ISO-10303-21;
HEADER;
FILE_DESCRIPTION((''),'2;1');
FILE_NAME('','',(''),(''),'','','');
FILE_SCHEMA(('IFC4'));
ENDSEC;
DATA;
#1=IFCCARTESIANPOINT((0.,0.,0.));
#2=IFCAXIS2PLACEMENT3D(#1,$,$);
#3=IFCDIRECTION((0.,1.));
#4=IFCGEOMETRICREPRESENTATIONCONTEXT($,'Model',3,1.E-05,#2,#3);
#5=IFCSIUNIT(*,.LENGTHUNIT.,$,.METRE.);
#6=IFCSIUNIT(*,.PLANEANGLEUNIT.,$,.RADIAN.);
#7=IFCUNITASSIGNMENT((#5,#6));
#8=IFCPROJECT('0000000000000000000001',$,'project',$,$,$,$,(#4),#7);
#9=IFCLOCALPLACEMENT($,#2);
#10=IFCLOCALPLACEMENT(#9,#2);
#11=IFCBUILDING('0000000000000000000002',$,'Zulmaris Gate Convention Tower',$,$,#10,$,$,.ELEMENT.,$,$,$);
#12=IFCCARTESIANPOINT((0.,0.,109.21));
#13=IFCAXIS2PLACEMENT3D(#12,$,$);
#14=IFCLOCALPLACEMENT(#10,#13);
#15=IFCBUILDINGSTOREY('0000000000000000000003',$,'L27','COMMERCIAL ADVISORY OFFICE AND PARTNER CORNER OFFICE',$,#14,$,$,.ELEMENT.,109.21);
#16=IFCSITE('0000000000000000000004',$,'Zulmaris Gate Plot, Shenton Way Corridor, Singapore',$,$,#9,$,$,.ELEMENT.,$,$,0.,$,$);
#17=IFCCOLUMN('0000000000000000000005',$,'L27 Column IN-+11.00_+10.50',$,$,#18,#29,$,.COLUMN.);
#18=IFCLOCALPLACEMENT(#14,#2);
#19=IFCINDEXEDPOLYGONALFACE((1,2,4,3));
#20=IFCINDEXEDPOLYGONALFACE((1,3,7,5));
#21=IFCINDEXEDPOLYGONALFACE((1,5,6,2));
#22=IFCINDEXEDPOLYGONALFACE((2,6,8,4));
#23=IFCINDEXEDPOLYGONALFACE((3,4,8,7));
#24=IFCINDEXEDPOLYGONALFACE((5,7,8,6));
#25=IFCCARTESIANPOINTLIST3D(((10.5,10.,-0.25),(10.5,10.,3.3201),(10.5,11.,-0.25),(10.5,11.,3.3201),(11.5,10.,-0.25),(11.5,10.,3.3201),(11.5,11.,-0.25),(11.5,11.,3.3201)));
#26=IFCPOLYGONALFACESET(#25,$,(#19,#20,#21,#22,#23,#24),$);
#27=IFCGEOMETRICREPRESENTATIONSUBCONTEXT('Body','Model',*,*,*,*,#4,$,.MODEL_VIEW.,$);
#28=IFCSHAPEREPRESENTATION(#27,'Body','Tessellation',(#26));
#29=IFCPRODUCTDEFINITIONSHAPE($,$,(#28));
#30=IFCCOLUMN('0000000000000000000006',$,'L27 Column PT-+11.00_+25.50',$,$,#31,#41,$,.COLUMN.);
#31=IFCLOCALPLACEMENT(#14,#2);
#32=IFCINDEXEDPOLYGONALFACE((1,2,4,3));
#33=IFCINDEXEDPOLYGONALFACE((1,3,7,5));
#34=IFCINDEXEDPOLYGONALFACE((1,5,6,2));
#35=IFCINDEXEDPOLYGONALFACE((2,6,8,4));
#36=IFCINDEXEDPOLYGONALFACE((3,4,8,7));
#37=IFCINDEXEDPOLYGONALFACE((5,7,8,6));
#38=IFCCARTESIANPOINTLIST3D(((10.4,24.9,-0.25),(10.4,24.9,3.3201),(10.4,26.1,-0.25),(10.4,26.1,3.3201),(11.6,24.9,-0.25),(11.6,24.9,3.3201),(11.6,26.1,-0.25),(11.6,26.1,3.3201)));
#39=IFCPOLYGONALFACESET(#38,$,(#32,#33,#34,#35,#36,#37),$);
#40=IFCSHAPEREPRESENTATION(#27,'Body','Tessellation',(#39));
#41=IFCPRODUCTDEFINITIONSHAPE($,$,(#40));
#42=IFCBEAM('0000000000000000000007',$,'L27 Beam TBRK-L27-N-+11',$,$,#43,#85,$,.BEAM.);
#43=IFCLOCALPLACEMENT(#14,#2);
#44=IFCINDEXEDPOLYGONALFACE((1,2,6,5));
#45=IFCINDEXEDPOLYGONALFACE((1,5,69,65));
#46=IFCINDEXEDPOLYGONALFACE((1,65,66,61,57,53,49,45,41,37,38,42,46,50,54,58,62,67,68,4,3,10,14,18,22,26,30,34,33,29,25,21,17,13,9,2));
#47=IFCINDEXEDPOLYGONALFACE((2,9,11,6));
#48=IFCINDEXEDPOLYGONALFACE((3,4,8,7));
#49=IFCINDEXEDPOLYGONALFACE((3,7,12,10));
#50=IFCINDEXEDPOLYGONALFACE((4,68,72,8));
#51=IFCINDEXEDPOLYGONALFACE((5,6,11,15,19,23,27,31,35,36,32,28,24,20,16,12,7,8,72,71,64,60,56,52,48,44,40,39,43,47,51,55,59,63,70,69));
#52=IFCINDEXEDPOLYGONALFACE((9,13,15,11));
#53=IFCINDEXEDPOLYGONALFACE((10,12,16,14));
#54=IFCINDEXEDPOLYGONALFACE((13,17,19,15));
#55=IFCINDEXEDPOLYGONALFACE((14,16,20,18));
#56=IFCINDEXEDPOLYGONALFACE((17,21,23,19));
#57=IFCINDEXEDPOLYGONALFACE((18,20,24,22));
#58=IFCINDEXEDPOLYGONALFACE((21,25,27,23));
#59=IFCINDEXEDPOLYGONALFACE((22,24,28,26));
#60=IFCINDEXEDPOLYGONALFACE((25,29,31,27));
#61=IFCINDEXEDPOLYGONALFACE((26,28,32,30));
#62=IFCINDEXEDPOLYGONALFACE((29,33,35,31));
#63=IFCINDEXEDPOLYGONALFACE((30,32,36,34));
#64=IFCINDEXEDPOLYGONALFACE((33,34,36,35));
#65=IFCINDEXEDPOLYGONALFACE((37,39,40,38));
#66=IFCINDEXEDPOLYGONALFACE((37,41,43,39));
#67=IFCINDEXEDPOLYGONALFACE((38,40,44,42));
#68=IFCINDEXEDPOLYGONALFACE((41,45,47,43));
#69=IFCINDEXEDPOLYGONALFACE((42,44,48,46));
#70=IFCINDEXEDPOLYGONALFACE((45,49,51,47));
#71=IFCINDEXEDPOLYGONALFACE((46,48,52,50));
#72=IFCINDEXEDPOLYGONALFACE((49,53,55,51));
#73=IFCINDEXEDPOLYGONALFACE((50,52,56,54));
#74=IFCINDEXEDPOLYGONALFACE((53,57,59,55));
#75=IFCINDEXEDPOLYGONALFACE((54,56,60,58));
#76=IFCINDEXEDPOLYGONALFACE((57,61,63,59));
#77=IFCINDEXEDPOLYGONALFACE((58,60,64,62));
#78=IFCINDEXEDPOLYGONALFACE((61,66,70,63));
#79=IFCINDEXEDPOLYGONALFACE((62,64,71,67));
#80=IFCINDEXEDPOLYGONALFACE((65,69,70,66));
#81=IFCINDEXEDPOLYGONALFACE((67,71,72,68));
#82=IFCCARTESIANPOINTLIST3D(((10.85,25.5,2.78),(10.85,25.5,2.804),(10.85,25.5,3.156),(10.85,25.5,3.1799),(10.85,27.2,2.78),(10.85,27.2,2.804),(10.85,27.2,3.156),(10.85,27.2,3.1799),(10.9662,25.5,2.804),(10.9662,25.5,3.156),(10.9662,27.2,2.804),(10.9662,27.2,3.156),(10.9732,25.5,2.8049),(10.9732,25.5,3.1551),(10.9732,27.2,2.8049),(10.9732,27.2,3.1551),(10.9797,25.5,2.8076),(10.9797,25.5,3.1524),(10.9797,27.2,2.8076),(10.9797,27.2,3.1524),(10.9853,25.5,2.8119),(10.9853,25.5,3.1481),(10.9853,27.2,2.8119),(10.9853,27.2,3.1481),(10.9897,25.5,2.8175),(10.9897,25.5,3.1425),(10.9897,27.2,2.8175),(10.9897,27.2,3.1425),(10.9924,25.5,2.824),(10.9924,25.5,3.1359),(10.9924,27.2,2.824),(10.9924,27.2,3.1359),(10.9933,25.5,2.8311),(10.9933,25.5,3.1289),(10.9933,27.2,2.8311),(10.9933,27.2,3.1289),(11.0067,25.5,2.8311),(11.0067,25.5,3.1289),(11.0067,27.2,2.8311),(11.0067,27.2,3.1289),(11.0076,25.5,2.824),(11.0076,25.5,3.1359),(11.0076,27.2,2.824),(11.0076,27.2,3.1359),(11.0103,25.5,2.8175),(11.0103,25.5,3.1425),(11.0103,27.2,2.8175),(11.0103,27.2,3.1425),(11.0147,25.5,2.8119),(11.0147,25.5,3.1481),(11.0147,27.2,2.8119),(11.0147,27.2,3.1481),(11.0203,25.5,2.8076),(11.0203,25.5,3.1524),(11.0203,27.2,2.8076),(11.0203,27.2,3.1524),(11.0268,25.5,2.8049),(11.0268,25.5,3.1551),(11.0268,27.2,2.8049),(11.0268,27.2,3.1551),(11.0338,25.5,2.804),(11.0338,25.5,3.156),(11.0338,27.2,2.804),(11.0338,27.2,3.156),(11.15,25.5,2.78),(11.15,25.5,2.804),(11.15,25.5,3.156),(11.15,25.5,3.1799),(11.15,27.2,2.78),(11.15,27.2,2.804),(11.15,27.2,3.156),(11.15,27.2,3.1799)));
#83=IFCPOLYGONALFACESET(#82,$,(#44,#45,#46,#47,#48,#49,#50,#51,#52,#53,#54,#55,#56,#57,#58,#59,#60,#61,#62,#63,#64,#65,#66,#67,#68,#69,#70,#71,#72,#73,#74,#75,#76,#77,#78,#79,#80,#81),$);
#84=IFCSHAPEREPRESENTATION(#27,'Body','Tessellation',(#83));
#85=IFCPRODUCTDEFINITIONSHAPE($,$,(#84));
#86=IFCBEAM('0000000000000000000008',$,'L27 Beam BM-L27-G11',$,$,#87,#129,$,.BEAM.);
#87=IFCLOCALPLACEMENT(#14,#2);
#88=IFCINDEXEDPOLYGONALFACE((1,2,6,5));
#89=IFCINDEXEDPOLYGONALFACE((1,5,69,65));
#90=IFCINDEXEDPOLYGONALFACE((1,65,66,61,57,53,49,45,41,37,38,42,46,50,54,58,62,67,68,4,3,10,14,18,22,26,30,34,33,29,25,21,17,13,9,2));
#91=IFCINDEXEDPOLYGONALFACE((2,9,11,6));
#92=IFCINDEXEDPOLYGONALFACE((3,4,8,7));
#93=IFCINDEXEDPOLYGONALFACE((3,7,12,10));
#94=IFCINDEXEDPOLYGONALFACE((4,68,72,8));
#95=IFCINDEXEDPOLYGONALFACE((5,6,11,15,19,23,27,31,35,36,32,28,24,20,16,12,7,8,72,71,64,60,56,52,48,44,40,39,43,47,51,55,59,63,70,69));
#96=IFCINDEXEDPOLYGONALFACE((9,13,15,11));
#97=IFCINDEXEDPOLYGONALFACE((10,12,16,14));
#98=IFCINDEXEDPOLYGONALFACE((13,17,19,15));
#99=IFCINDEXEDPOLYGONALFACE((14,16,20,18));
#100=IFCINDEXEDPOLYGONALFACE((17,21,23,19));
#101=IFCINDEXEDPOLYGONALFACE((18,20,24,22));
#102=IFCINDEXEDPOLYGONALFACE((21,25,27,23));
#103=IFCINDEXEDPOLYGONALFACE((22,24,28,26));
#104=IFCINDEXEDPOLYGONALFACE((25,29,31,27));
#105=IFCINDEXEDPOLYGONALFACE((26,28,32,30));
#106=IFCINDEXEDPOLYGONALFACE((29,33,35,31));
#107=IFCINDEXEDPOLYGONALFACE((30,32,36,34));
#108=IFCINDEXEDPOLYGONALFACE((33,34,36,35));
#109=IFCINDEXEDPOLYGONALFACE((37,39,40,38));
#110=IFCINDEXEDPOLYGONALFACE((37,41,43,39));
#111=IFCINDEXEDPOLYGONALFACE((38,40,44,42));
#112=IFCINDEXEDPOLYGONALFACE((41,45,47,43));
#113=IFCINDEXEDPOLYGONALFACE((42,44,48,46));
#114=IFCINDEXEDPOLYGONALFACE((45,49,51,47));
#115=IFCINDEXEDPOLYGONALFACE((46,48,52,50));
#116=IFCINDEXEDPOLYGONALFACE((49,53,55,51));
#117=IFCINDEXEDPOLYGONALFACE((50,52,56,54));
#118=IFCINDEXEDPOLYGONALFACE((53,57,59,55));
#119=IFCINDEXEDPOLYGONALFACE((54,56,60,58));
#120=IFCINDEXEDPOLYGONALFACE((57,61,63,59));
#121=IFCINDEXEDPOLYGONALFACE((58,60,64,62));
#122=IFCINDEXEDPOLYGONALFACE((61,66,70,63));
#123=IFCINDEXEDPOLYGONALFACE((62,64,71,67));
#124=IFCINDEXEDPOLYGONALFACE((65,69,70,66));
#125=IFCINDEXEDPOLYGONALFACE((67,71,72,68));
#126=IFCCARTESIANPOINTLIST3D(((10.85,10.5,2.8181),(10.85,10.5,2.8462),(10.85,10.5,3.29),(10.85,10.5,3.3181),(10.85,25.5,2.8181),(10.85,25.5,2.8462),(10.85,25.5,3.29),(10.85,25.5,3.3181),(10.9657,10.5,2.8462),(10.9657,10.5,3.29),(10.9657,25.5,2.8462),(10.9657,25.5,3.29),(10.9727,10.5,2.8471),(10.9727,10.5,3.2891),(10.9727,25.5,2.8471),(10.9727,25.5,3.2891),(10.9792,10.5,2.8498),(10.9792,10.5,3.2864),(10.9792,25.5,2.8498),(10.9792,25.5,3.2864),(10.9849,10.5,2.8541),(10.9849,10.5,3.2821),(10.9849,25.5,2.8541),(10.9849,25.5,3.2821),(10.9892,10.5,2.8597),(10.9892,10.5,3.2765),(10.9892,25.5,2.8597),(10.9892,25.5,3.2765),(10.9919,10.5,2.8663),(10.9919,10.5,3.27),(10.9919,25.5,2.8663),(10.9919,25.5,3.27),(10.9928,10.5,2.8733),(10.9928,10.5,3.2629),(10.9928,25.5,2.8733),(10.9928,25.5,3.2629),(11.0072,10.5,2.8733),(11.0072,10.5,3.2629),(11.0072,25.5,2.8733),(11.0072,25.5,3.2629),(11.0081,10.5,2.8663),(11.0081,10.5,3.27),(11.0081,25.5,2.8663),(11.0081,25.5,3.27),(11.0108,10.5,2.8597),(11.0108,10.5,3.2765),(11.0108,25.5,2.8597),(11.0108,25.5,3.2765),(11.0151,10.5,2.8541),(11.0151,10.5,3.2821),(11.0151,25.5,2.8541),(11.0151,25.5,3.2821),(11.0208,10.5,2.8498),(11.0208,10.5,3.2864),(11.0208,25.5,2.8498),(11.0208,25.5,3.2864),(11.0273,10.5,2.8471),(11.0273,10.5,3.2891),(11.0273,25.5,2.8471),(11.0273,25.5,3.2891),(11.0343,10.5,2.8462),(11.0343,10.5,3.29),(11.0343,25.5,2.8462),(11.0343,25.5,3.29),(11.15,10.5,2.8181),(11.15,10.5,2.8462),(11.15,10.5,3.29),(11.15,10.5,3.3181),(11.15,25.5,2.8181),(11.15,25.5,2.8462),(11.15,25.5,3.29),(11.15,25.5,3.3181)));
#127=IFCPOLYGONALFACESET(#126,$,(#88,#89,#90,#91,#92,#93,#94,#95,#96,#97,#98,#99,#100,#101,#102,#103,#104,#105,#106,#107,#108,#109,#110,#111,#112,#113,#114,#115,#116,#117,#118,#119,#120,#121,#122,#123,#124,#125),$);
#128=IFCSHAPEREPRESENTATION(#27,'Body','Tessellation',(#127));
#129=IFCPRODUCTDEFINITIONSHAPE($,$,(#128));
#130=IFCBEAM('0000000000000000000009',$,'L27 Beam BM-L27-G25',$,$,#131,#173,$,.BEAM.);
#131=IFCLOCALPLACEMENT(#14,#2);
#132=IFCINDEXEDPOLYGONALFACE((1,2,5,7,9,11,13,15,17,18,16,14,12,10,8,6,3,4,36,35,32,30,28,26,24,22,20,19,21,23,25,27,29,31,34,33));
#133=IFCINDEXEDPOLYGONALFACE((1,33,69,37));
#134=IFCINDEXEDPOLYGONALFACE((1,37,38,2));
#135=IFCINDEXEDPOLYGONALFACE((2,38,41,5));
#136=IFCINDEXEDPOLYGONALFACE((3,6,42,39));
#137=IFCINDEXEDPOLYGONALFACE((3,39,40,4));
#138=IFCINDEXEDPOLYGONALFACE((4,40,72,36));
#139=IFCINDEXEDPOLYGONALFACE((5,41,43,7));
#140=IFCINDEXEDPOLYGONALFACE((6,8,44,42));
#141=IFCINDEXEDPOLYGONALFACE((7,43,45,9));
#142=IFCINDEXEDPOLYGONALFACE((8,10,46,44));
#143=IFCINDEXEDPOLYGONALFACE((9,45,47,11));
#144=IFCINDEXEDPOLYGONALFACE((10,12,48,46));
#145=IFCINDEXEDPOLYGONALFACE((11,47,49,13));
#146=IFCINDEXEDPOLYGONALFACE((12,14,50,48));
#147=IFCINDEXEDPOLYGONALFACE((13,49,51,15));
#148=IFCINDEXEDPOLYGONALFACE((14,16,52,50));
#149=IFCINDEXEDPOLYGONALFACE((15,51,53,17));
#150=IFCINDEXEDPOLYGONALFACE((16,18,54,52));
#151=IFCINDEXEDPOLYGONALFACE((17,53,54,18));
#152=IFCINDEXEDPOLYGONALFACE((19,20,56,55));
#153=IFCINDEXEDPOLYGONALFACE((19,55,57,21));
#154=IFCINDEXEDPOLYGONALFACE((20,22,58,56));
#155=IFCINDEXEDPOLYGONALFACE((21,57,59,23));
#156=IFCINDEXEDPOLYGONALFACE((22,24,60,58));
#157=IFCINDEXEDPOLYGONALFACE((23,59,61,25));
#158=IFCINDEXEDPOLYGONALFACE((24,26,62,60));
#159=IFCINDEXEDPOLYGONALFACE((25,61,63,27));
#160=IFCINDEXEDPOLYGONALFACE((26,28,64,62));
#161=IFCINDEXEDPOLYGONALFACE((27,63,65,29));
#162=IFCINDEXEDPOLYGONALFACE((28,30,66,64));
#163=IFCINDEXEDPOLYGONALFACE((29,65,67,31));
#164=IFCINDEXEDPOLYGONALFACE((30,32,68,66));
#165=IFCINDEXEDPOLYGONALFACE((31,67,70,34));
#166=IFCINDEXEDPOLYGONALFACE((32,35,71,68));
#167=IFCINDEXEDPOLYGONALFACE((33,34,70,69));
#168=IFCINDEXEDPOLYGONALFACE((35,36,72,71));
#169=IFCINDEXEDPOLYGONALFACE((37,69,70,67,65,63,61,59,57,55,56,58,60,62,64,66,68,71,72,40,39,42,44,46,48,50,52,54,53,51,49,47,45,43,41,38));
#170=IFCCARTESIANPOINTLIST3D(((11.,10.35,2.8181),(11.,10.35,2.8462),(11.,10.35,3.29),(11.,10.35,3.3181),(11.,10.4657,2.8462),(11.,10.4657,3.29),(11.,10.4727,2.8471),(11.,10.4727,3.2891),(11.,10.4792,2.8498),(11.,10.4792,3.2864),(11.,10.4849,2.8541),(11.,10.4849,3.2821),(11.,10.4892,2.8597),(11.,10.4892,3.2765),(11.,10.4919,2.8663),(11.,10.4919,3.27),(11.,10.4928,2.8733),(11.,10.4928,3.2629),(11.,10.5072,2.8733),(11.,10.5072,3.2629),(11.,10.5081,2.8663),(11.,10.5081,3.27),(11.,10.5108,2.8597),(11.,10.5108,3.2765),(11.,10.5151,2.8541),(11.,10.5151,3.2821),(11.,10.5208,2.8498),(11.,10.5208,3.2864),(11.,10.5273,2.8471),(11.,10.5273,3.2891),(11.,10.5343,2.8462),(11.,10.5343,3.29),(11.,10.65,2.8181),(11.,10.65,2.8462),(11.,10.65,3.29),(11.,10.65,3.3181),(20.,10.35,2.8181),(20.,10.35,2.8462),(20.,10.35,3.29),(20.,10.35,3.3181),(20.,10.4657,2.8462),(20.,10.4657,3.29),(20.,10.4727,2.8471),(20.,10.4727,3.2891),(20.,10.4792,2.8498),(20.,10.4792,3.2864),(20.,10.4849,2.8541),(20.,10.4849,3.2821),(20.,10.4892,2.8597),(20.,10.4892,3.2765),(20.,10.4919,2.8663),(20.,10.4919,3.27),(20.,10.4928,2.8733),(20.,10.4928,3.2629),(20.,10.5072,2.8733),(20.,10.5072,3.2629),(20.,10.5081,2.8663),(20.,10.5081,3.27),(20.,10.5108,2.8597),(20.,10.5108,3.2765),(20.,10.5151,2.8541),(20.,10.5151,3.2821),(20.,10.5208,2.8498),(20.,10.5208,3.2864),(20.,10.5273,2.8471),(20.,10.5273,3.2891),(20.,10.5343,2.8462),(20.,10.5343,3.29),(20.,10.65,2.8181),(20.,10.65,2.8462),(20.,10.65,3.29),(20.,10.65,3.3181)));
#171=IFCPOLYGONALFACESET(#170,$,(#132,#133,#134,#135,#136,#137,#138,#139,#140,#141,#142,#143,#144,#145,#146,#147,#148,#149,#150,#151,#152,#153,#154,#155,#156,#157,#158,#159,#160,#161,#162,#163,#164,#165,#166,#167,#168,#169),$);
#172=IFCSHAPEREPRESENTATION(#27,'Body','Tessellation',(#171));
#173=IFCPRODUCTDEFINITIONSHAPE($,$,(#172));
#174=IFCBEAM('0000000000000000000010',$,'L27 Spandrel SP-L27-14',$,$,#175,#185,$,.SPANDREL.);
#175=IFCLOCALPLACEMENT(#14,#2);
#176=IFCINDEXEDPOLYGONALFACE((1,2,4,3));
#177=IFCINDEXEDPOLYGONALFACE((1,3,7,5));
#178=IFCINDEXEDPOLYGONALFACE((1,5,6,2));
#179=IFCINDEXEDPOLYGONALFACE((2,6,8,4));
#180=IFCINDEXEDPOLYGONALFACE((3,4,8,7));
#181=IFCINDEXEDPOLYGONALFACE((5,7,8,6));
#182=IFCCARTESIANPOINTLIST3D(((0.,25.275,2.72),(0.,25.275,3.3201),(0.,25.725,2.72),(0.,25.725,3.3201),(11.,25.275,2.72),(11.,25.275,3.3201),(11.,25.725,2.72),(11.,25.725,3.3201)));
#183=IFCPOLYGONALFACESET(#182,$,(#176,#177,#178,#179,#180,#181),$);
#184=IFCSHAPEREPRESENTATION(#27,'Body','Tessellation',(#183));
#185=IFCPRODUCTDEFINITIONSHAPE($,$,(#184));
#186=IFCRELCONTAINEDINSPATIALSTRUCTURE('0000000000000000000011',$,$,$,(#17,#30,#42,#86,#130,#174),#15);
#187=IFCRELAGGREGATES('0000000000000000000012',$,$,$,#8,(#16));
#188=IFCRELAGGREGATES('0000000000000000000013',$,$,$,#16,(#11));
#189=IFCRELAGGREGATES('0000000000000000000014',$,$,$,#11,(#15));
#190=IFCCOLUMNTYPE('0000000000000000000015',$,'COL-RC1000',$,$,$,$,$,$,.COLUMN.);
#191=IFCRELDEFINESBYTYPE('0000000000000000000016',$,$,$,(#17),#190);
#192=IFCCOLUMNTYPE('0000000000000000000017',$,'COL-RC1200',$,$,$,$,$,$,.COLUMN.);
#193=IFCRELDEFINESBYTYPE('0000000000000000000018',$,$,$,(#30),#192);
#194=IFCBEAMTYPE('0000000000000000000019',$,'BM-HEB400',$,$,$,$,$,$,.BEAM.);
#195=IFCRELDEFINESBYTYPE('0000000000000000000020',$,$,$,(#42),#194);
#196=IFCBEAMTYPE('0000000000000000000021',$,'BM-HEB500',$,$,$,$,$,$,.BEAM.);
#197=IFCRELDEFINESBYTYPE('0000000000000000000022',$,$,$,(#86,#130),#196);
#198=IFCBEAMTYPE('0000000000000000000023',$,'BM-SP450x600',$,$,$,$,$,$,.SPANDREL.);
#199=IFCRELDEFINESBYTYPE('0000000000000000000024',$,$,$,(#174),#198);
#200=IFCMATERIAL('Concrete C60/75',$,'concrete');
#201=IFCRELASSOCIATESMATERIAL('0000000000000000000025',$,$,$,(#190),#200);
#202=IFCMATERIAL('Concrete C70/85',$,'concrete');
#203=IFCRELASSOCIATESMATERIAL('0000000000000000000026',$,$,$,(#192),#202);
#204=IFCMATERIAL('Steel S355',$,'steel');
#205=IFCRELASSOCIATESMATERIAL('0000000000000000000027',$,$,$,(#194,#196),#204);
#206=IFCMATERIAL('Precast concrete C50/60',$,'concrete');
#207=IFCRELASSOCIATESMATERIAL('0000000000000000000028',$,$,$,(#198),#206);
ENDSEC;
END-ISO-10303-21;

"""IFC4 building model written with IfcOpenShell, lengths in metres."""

from ifc_helpers import new_model, si_unit, direction, frame, origin, origin_2d, place, context, subcontext, project, spatial, rectangle, i_section, extrude, material, material_profile, profile_set, type_object, element, save


model = new_model("IFC4")

# Units and contexts
model_context = context("Model", 3, precision=1e-05, world=origin(), true_north=direction((0.0, 1.0)))
body_context = subcontext(model_context, "Body", "Model", "MODEL_VIEW")
ifc_project = project(units=[si_unit("LENGTHUNIT", "METRE"), si_unit("PLANEANGLEUNIT", "RADIAN")], contexts=[model_context])

# Site, building, storey
site_placement = place(None, origin())
site = spatial("IfcSite", under=ifc_project, at=site_placement, Name="Zulmaris Gate Plot, Shenton Way Corridor, Singapore", CompositionType="ELEMENT", RefElevation=0.0)
building_placement = place(site_placement, origin())
building = spatial("IfcBuilding", under=site, at=building_placement, Name="Zulmaris Gate Convention Tower", CompositionType="ELEMENT")
storey_placement = place(building_placement, frame((0.0, 0.0, 109.21)))
storey = spatial("IfcBuildingStorey", under=building, at=storey_placement, Name="L27", Description="COMMERCIAL ADVISORY OFFICE AND PARTNER CORNER OFFICE", CompositionType="ELEMENT", Elevation=109.21)

# Columns
ifc_material_1 = material(Name="Concrete C60/75", Category="concrete")
ifc_material_profile_1 = material_profile(ifc_material_1, rectangle(XDim=1.0, YDim=1.0, at=origin_2d()), Name="RC COL 1000x1000")
ifc_profile_set_1 = profile_set([ifc_material_profile_1], Name="Concrete C60/75")
column_type_1 = type_object("IfcColumnType", Name="COL-RC1000", PredefinedType="COLUMN", material=ifc_profile_set_1)
column_1_placement = place(storey_placement, frame((11.0, 10.5, -0.25), z_axis=(0.0, 0.0, 1.0), x_axis=(1.0, 0.0, 0.0)))
element("IfcColumn", 1, at=column_1_placement, inside=storey, type_object=column_type_1, Name="L27 Column IN-+11.00_+10.50", PredefinedType="COLUMN", context=body_context, shape_type="SweptSolid", body=[
    extrude(rectangle(XDim=1.0, YDim=1.0, at=origin_2d()), origin(), (0.0, 0.0, 1.0), 3.5701),
])
ifc_material_2 = material(Name="Concrete C70/85", Category="concrete")
ifc_material_profile_2 = material_profile(ifc_material_2, rectangle(XDim=1.2, YDim=1.2, at=origin_2d()), Name="RC COL 1200x1200")
ifc_profile_set_2 = profile_set([ifc_material_profile_2], Name="Concrete C70/85")
column_type_2 = type_object("IfcColumnType", Name="COL-RC1200", PredefinedType="COLUMN", material=ifc_profile_set_2)
column_2_placement = place(storey_placement, frame((11.0, 25.5, -0.25), z_axis=(0.0, 0.0, 1.0), x_axis=(1.0, 0.0, 0.0)))
element("IfcColumn", 2, at=column_2_placement, inside=storey, type_object=column_type_2, Name="L27 Column PT-+11.00_+25.50", PredefinedType="COLUMN", context=body_context, shape_type="SweptSolid", body=[
    extrude(rectangle(XDim=1.2, YDim=1.2, at=origin_2d()), origin(), (0.0, 0.0, 1.0), 3.5701),
])

# Beams
ifc_material_3 = material(Name="Steel S355", Category="steel")
ifc_material_profile_3 = material_profile(ifc_material_3, i_section(OverallWidth=0.3, OverallDepth=0.3999, WebThickness=0.0134, FlangeThickness=0.0239, FilletRadius=0.0271, at=origin_2d()), Name="HEB 400")
ifc_profile_set_3 = profile_set([ifc_material_profile_3], Name="Steel S355")
beam_type_1 = type_object("IfcBeamType", Name="BM-HEB400", PredefinedType="BEAM", material=ifc_profile_set_3)
beam_1_placement = place(storey_placement, frame((11.0, 25.5, 2.98), z_axis=(0.0, 1.0, 0.0), x_axis=(-1.0, 0.0, 0.0)))
element("IfcBeam", 3, at=beam_1_placement, inside=storey, type_object=beam_type_1, Name="L27 Beam TBRK-L27-N-+11", PredefinedType="BEAM", context=body_context, shape_type="SweptSolid", body=[
    extrude(i_section(OverallWidth=0.3, OverallDepth=0.3999, WebThickness=0.0134, FlangeThickness=0.0239, FilletRadius=0.0271, at=origin_2d()), origin(), (0.0, 0.0, 1.0), 1.7),
])
ifc_material_profile_4 = material_profile(ifc_material_3, i_section(OverallWidth=0.3, OverallDepth=0.5, WebThickness=0.0144, FlangeThickness=0.0281, FilletRadius=0.0271, at=origin_2d()), Name="HEB 500")
ifc_profile_set_4 = profile_set([ifc_material_profile_4], Name="Steel S355")
beam_type_2 = type_object("IfcBeamType", Name="BM-HEB500", PredefinedType="BEAM", material=ifc_profile_set_4)
beam_2_placement = place(storey_placement, frame((11.0, 10.5, 3.0681), z_axis=(0.0, 1.0, 0.0), x_axis=(-1.0, 0.0, 0.0)))
element("IfcBeam", 4, at=beam_2_placement, inside=storey, type_object=beam_type_2, Name="L27 Beam BM-L27-G11", PredefinedType="BEAM", context=body_context, shape_type="SweptSolid", body=[
    extrude(i_section(OverallWidth=0.3, OverallDepth=0.5, WebThickness=0.0144, FlangeThickness=0.0281, FilletRadius=0.0271, at=origin_2d()), origin(), (0.0, 0.0, 1.0), 15.0),
])
beam_3_placement = place(storey_placement, frame((11.0, 10.5, 3.0681), z_axis=(1.0, 0.0, 0.0), x_axis=(0.0, 1.0, 0.0)))
element("IfcBeam", 5, at=beam_3_placement, inside=storey, type_object=beam_type_2, Name="L27 Beam BM-L27-G25", PredefinedType="BEAM", context=body_context, shape_type="SweptSolid", body=[
    extrude(i_section(OverallWidth=0.3, OverallDepth=0.5, WebThickness=0.0144, FlangeThickness=0.0281, FilletRadius=0.0271, at=origin_2d()), origin(), (0.0, 0.0, 1.0), 9.0),
])
ifc_material_4 = material(Name="Precast concrete C50/60", Category="concrete")
ifc_material_profile_5 = material_profile(ifc_material_4, rectangle(XDim=0.45, YDim=0.6001, at=origin_2d()), Name="RC SPANDREL 450x600")
ifc_profile_set_5 = profile_set([ifc_material_profile_5], Name="Precast concrete C50/60")
beam_type_3 = type_object("IfcBeamType", Name="BM-SP450x600", PredefinedType="SPANDREL", material=ifc_profile_set_5)
beam_4_placement = place(storey_placement, frame((11.0, 25.5, 3.02), z_axis=(-1.0, 0.0, 0.0), x_axis=(0.0, -1.0, 0.0)))
element("IfcBeam", 6, at=beam_4_placement, inside=storey, type_object=beam_type_3, Name="L27 Spandrel SP-L27-14", PredefinedType="SPANDREL", context=body_context, shape_type="SweptSolid", body=[
    extrude(rectangle(XDim=0.45, YDim=0.6001, at=origin_2d()), origin(), (0.0, 0.0, 1.0), 11.0),
])

save(model, "model.ifc")
